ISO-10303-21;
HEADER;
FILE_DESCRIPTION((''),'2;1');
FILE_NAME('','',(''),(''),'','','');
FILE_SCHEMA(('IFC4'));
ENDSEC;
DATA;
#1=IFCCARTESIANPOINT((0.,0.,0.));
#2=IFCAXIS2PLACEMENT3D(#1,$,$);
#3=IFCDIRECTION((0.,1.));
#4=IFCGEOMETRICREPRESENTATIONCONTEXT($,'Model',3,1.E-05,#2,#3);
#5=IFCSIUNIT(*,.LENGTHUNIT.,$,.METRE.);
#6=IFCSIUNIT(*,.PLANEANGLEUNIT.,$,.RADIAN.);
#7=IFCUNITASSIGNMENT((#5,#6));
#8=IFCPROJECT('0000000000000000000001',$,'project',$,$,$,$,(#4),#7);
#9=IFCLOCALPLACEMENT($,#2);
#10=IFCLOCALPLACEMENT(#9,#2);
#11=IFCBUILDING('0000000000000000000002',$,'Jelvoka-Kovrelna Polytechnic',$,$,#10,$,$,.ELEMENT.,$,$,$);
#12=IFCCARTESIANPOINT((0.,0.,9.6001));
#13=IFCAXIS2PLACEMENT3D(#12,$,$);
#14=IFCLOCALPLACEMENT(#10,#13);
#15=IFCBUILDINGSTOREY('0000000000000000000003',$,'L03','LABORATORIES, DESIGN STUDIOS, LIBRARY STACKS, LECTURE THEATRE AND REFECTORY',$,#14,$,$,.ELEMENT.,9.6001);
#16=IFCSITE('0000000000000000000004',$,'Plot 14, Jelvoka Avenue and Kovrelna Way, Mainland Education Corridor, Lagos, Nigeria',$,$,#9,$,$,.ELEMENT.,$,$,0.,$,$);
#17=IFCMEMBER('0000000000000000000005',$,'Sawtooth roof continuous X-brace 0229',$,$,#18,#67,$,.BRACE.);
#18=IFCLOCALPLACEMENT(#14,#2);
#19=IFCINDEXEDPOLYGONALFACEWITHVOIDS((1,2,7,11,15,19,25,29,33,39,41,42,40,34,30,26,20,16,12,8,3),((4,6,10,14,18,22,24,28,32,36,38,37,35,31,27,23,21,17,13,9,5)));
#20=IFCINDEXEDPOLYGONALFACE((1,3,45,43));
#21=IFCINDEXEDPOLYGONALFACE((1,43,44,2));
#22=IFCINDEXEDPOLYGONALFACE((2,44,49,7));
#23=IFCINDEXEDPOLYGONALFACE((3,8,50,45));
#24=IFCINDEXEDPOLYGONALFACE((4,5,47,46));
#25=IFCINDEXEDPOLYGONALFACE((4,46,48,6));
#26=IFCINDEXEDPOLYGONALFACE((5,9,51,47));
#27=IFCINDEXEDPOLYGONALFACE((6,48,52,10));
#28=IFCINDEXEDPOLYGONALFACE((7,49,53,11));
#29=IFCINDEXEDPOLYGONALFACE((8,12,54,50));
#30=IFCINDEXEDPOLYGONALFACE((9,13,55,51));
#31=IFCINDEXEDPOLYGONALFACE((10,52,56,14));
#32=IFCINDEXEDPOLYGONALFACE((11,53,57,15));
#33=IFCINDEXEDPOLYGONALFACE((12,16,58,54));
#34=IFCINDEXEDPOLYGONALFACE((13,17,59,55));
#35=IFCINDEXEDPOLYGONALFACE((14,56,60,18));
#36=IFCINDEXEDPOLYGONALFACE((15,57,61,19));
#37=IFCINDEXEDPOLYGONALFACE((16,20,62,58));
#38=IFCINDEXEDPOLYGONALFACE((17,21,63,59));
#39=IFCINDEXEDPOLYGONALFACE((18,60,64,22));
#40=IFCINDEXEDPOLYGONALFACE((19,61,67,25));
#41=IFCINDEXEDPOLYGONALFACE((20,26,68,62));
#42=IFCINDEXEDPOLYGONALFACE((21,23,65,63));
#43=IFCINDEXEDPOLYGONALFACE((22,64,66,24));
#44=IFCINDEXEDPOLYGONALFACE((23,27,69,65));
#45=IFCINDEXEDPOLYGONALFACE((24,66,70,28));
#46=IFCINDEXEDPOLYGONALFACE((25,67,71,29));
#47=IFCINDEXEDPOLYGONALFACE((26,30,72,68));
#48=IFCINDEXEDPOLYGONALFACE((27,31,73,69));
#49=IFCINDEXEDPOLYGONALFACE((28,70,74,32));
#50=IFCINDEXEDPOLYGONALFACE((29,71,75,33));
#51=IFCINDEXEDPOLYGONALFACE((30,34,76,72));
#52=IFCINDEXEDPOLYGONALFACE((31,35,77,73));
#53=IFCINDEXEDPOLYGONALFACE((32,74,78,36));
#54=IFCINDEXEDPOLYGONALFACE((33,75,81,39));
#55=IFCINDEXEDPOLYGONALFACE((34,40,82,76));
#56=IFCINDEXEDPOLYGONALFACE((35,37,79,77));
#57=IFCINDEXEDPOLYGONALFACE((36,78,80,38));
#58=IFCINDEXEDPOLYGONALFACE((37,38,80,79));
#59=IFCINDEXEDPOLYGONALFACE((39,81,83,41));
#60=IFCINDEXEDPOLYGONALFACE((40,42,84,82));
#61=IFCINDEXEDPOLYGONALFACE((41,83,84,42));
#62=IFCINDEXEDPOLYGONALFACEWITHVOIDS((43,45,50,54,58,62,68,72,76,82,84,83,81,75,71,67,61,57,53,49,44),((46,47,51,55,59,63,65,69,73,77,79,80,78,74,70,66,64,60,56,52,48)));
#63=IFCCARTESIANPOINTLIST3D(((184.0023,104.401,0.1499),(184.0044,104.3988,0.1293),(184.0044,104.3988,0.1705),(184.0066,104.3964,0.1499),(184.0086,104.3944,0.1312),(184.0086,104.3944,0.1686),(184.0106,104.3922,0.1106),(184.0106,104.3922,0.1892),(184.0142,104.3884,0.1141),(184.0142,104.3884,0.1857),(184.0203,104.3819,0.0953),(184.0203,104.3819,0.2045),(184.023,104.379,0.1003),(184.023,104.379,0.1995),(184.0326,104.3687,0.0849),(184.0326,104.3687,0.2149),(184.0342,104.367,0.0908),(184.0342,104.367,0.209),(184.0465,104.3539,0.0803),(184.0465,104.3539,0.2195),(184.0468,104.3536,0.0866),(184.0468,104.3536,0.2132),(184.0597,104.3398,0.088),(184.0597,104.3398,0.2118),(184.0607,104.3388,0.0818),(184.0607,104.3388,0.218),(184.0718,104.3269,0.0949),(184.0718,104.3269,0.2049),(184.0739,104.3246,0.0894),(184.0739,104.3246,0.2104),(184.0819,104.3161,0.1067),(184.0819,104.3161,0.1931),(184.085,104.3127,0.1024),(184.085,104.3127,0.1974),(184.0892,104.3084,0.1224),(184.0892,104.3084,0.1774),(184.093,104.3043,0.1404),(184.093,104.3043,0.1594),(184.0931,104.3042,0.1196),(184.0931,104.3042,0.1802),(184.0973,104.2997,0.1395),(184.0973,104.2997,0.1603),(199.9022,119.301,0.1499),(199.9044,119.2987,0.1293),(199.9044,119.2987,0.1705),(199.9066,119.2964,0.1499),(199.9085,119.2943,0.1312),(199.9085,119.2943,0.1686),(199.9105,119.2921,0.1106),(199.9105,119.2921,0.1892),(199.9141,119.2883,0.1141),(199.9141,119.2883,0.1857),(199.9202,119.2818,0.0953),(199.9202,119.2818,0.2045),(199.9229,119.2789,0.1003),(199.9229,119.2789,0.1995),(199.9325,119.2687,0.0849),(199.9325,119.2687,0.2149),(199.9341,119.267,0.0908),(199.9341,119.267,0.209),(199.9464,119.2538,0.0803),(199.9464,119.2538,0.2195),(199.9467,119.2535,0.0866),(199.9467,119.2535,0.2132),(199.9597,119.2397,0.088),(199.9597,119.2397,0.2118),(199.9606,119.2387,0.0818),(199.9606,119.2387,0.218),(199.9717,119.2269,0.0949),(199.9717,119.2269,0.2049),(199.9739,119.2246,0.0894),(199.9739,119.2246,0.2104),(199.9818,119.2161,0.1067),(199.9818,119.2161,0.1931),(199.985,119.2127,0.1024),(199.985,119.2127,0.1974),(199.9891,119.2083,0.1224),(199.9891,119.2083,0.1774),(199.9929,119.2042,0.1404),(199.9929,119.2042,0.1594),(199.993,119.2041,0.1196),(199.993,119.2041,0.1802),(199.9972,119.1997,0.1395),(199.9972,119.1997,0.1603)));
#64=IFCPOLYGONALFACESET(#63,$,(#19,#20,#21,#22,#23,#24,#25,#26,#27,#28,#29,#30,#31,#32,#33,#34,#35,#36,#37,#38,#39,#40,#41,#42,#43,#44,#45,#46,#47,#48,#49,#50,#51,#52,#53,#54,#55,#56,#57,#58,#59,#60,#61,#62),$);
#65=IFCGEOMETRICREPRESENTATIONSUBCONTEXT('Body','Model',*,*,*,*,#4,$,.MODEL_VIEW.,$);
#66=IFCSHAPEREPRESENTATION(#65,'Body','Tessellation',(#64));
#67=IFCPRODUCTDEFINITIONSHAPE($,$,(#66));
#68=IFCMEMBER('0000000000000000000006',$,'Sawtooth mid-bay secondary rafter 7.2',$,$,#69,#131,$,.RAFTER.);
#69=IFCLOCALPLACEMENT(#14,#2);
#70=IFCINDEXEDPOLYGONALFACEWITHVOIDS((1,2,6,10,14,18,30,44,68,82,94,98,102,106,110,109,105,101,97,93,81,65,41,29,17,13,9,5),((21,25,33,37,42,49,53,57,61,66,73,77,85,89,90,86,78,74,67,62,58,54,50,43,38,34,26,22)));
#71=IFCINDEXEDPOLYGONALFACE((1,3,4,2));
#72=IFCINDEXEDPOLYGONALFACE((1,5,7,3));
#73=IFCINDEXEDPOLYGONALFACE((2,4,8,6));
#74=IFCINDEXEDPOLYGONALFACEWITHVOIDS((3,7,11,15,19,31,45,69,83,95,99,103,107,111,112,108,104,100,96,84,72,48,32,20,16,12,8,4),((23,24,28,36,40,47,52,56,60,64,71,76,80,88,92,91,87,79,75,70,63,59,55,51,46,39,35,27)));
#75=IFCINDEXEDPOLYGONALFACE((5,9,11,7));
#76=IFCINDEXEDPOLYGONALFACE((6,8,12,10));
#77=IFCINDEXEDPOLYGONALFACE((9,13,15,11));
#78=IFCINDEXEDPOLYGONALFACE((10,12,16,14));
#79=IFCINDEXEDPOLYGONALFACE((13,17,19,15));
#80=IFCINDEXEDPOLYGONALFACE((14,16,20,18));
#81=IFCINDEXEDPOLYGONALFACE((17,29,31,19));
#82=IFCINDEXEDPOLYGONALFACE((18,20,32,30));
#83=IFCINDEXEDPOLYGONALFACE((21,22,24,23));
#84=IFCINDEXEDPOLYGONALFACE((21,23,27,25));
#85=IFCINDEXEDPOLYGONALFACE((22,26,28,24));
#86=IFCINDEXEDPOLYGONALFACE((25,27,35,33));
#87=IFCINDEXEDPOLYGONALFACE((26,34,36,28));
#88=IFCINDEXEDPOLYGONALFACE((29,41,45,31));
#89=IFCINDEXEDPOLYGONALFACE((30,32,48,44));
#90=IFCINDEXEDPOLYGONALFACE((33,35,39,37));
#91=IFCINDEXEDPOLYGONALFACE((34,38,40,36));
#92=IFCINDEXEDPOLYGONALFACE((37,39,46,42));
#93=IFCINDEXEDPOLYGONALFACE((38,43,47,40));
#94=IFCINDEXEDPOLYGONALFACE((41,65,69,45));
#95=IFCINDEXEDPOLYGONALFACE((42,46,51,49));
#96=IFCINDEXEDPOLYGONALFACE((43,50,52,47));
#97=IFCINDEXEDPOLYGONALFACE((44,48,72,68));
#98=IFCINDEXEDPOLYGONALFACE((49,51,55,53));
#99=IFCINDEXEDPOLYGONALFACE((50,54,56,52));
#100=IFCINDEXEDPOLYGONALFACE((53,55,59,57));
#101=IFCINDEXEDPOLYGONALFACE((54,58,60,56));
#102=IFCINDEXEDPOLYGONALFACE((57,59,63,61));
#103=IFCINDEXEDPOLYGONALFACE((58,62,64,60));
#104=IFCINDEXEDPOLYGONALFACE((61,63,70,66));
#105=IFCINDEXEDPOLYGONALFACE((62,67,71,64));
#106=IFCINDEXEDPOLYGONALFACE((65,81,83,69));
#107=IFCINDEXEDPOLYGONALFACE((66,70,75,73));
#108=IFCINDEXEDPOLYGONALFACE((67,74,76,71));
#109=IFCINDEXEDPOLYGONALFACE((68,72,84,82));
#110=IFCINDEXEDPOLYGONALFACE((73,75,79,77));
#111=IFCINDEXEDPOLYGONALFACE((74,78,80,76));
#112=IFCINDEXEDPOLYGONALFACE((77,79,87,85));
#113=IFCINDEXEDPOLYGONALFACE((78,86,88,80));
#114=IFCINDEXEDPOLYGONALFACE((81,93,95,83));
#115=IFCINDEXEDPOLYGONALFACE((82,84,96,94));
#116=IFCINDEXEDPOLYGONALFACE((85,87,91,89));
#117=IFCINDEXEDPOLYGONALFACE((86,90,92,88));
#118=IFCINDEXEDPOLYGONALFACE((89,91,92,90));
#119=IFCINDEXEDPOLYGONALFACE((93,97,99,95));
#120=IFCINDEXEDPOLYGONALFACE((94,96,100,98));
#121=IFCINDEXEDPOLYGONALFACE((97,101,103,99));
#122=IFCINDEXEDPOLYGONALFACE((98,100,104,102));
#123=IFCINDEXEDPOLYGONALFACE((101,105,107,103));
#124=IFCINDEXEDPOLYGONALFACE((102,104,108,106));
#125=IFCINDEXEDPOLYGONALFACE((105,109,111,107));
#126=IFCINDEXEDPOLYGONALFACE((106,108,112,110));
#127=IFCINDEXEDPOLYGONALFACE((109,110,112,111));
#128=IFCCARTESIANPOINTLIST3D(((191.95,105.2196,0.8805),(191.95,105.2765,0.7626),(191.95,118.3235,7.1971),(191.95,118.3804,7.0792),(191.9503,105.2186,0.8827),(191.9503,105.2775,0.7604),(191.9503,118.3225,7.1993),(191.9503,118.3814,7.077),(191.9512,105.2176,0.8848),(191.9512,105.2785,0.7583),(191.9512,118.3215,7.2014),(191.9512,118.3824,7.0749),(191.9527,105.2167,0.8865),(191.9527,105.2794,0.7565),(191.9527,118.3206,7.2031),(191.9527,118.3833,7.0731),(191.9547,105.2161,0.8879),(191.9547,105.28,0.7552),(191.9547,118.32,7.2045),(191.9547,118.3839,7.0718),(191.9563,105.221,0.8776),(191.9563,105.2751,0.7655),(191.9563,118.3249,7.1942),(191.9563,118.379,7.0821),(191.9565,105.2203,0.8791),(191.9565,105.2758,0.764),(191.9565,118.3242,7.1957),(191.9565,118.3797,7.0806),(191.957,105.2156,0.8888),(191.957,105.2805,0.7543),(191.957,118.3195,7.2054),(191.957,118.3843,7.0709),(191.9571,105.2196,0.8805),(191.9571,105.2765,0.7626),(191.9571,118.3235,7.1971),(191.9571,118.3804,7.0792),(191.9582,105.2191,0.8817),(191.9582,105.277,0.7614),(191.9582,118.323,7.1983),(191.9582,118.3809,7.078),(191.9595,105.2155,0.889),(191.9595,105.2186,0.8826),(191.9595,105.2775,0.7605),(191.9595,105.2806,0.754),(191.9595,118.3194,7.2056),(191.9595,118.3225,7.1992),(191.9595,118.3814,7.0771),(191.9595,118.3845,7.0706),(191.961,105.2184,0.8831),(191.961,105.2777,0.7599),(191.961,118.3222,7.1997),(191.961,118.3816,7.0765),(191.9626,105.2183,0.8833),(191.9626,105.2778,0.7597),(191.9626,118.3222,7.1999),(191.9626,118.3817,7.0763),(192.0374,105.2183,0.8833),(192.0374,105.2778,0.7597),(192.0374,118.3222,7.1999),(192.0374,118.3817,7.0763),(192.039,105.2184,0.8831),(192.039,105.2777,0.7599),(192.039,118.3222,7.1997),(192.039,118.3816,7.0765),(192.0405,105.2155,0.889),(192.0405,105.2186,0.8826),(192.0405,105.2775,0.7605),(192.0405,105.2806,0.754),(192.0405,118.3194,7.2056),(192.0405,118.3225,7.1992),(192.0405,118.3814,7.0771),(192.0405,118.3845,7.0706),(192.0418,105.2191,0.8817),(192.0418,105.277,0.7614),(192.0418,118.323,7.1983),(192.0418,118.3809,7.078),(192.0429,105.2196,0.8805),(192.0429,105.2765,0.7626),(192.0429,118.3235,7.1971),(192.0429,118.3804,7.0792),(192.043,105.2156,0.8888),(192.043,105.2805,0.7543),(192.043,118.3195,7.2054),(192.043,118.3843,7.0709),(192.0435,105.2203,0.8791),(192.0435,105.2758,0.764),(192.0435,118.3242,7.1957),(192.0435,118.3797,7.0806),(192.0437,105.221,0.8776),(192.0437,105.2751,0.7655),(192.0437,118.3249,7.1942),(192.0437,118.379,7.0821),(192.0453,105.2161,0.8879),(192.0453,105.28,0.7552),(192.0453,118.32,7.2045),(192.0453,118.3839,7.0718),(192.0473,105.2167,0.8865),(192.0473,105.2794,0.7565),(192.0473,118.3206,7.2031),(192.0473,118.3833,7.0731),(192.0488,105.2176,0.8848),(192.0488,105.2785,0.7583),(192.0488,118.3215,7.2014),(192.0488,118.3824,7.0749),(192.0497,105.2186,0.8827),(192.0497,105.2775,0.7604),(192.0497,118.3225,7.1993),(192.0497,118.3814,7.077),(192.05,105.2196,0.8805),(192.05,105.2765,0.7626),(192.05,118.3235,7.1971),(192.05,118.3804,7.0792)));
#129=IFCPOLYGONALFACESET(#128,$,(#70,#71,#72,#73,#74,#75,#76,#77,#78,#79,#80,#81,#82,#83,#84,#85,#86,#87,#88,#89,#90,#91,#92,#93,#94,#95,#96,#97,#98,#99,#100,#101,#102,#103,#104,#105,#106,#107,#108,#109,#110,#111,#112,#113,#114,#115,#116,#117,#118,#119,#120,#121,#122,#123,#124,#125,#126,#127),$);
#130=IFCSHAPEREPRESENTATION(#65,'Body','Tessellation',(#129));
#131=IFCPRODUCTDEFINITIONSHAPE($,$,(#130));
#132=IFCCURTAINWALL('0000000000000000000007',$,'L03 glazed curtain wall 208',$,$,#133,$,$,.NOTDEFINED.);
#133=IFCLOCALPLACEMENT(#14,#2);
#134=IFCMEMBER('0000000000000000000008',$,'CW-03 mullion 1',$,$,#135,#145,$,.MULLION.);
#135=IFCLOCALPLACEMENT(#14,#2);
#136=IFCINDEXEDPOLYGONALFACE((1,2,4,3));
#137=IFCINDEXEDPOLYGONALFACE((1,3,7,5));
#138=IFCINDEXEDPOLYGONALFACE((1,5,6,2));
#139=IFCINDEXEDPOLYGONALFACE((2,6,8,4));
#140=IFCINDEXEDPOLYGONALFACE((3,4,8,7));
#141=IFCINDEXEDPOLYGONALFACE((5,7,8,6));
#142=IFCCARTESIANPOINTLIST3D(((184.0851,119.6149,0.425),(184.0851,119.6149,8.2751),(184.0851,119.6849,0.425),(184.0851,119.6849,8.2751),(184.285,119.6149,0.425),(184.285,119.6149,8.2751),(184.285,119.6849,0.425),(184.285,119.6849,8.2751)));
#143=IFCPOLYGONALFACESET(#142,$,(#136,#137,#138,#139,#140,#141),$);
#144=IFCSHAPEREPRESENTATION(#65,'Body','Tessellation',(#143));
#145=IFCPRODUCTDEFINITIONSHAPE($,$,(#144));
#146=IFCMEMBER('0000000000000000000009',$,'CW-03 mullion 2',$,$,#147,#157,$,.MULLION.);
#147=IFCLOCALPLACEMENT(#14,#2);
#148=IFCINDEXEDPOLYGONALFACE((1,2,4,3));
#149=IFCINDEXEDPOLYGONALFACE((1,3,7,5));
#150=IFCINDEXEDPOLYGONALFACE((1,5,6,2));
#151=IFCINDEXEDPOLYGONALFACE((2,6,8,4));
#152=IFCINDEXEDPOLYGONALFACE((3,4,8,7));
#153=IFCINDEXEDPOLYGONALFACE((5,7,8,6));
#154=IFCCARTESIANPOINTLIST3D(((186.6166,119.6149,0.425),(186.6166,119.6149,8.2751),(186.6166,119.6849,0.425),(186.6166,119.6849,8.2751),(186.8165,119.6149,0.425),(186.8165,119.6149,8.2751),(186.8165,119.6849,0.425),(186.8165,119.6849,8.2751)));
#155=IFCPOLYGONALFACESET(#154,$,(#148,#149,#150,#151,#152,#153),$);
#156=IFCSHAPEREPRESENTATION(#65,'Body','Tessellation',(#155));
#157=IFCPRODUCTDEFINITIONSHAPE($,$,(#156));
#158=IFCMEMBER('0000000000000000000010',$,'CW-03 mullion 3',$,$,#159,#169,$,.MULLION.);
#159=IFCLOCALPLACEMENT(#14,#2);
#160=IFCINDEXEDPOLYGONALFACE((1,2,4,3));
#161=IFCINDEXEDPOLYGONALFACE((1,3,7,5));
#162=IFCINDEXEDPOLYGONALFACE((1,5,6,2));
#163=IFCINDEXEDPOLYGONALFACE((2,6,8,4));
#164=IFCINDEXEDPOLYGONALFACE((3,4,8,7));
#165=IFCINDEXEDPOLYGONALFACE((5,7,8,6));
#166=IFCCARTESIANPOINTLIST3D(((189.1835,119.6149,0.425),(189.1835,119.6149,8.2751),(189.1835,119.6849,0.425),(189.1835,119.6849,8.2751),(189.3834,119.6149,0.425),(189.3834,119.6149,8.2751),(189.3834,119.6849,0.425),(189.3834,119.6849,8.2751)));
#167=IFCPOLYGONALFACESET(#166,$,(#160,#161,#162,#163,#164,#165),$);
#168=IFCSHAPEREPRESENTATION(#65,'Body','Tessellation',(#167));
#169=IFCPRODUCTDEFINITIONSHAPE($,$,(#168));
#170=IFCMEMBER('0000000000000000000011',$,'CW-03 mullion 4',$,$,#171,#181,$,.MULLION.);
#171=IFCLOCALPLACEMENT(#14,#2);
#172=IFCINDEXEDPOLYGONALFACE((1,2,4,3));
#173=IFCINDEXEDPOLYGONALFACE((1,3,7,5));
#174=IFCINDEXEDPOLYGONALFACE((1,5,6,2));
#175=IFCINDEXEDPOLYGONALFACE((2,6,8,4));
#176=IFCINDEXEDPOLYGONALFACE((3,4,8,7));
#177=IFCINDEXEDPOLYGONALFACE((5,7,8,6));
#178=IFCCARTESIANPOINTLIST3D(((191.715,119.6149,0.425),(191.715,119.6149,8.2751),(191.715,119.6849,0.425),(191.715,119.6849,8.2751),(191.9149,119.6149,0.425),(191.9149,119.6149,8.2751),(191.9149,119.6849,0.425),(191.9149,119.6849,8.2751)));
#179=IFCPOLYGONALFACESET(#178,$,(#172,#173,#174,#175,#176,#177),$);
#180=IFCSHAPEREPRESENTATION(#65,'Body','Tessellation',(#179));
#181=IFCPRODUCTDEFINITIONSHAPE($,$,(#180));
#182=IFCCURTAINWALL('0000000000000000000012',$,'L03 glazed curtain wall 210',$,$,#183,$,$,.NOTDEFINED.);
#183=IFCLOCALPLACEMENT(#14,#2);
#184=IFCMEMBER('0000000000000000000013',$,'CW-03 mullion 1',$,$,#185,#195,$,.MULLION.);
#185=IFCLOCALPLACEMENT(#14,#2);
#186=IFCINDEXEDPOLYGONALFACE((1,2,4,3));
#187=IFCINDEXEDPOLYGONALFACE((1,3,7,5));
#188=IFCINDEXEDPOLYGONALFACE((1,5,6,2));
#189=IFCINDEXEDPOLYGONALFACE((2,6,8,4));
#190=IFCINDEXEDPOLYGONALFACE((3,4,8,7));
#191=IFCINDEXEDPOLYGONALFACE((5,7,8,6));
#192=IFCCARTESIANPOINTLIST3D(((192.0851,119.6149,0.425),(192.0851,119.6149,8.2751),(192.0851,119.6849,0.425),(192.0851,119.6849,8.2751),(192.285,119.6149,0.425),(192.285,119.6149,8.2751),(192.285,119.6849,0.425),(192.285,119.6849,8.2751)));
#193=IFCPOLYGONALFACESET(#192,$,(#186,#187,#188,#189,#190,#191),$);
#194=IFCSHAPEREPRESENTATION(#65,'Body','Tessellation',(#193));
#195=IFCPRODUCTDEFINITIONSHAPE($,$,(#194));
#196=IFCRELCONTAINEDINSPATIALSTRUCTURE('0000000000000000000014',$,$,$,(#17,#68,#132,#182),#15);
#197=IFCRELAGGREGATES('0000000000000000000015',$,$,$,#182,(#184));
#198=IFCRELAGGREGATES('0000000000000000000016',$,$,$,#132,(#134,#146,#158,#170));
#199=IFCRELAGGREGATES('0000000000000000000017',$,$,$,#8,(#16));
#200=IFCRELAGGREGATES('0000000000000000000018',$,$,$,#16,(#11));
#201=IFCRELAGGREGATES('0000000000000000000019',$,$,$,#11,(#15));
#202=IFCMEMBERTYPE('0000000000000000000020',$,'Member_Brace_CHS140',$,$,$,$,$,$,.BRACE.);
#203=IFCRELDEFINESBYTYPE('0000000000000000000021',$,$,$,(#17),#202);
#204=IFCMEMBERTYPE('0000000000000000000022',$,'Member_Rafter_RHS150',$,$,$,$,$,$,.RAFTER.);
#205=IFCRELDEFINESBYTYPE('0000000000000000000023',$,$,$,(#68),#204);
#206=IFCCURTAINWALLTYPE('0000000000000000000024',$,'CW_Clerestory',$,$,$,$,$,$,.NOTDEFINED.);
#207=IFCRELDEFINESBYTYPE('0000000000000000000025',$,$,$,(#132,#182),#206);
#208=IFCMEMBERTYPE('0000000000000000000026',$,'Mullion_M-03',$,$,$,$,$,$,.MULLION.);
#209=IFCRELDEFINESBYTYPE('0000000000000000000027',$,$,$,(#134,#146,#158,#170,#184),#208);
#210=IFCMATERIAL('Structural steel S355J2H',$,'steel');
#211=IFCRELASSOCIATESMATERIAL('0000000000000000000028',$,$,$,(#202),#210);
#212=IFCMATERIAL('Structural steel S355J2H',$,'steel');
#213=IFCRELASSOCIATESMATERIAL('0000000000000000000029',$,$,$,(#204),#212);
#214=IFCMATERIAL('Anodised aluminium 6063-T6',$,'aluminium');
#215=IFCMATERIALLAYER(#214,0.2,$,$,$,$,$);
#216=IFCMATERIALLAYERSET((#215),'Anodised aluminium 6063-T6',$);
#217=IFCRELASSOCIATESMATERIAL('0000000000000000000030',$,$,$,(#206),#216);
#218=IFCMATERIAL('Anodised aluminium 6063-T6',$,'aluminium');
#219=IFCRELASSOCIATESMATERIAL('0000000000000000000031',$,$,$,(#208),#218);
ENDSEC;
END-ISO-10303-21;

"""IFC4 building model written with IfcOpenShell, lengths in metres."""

from ifc_helpers import new_model, si_unit, direction, frame, origin, origin_2d, place, context, subcontext, project, spatial, rectangle, hollow_rectangle, hollow_circle, extrude, material, layer, layer_set, material_profile, profile_set, type_object, element, aggregate, save


model = new_model("IFC4")

# Units and contexts
model_context = context("Model", 3, precision=1e-05, world=origin(), true_north=direction((0.0, 1.0)))
body_context = subcontext(model_context, "Body", "Model", "MODEL_VIEW")
ifc_project = project(units=[si_unit("LENGTHUNIT", "METRE"), si_unit("PLANEANGLEUNIT", "RADIAN")], contexts=[model_context])

# Site, building, storey
site_placement = place(None, origin())
site = spatial("IfcSite", under=ifc_project, at=site_placement, Name="Plot 14, Jelvoka Avenue and Kovrelna Way, Mainland Education Corridor, Lagos, Nigeria", CompositionType="ELEMENT", RefElevation=0.0)
building_placement = place(site_placement, origin())
building = spatial("IfcBuilding", under=site, at=building_placement, Name="Jelvoka-Kovrelna Polytechnic", CompositionType="ELEMENT")
storey_placement = place(building_placement, frame((0.0, 0.0, 9.6001)))
storey = spatial("IfcBuildingStorey", under=building, at=storey_placement, Name="L03", Description="LABORATORIES, DESIGN STUDIOS, LIBRARY STACKS, LECTURE THEATRE AND REFECTORY", CompositionType="ELEMENT", Elevation=9.6001)

# Members
ifc_material_1 = material(Name="Structural steel S355J2H", Category="steel")
ifc_material_profile_1 = material_profile(ifc_material_1, hollow_circle(Radius=0.0698, WallThickness=0.0063, at=origin_2d()), Name="139.7x6.3 CHS")
ifc_profile_set_1 = profile_set([ifc_material_profile_1], Name="Structural steel S355J2H")
member_type_1 = type_object("IfcMemberType", Name="Member_Brace_CHS140", PredefinedType="BRACE", material=ifc_profile_set_1)
member_1_placement = place(storey_placement, frame((184.05, 104.3501, 0.1499), z_axis=(0.72968, 0.683788, 0.0), x_axis=(-0.683788, 0.72968, 0.0)))
element("IfcMember", 1, at=member_1_placement, inside=storey, type_object=member_type_1, Name="Sawtooth roof continuous X-brace 0229", PredefinedType="BRACE", context=body_context, shape_type="SweptSolid", body=[
    extrude(hollow_circle(Radius=0.0698, WallThickness=0.0063, at=origin_2d()), origin(), (0.0, 0.0, 1.0), 21.7903),
])
ifc_material_2 = material(Name="Structural steel S355J2H", Category="steel")
ifc_material_profile_2 = material_profile(ifc_material_2, hollow_rectangle(XDim=0.1001, YDim=0.1499, WallThickness=0.0063, InnerFilletRadius=0.0063, OuterFilletRadius=0.0095, at=origin_2d()), Name="150x100x6.3 RHS")
ifc_profile_set_2 = profile_set([ifc_material_profile_2], Name="Structural steel S355J2H")
member_type_2 = type_object("IfcMemberType", Name="Member_Rafter_RHS150", PredefinedType="RAFTER", material=ifc_profile_set_2)
member_2_placement = place(storey_placement, frame((192.0, 105.248, 0.8215), z_axis=(0.0, 0.900805, 0.434224), x_axis=(-1.0, 0.0, 0.0)))
element("IfcMember", 2, at=member_2_placement, inside=storey, type_object=member_type_2, Name="Sawtooth mid-bay secondary rafter 7.2", PredefinedType="RAFTER", context=body_context, shape_type="SweptSolid", body=[
    extrude(hollow_rectangle(XDim=0.1001, YDim=0.1499, WallThickness=0.0063, InnerFilletRadius=0.0063, OuterFilletRadius=0.0095, at=origin_2d()), origin(), (0.0, 0.0, 1.0), 14.5469),
])

# Curtain wall, members
ifc_material_3 = material(Name="Anodised aluminium 6063-T6", Category="aluminium")
ifc_layer_1 = layer(ifc_material_3, 0.2)
ifc_layer_set_1 = layer_set([ifc_layer_1], Name="Anodised aluminium 6063-T6")
curtain_wall_type = type_object("IfcCurtainWallType", Name="CW_Clerestory", PredefinedType="NOTDEFINED", material=ifc_layer_set_1)
curtain_wall_1_placement = place(storey_placement, origin())
curtain_wall_1 = element("IfcCurtainWall", 3, at=curtain_wall_1_placement, inside=storey, type_object=curtain_wall_type, Name="L03 glazed curtain wall 208", PredefinedType="NOTDEFINED")
ifc_material_4 = material(Name="Anodised aluminium 6063-T6", Category="aluminium")
ifc_material_profile_3 = material_profile(ifc_material_4, rectangle(XDim=0.0701, YDim=0.2, at=origin_2d()), Name="ALU 70x200")
ifc_profile_set_3 = profile_set([ifc_material_profile_3], Name="Anodised aluminium 6063-T6")
member_type_3 = type_object("IfcMemberType", Name="Mullion_M-03", PredefinedType="MULLION", material=ifc_profile_set_3)
member_3_placement = place(storey_placement, frame((184.1851, 119.6499, 0.425), z_axis=(0.0, 0.0, 1.0), x_axis=(0.0, 1.0, 0.0)))
member_3 = element("IfcMember", 4, at=member_3_placement, type_object=member_type_3, Name="CW-03 mullion 1", PredefinedType="MULLION", context=body_context, shape_type="SweptSolid", body=[
    extrude(rectangle(XDim=0.0701, YDim=0.2, at=origin_2d()), origin(), (0.0, 0.0, 1.0), 7.8501),
])
member_4_placement = place(storey_placement, frame((186.7166, 119.6499, 0.425), z_axis=(0.0, 0.0, 1.0), x_axis=(0.0, 1.0, 0.0)))
member_4 = element("IfcMember", 5, at=member_4_placement, type_object=member_type_3, Name="CW-03 mullion 2", PredefinedType="MULLION", context=body_context, shape_type="SweptSolid", body=[
    extrude(rectangle(XDim=0.0701, YDim=0.2, at=origin_2d()), origin(), (0.0, 0.0, 1.0), 7.8501),
])
member_5_placement = place(storey_placement, frame((189.2834, 119.6499, 0.425), z_axis=(0.0, 0.0, 1.0), x_axis=(0.0, 1.0, 0.0)))
member_5 = element("IfcMember", 6, at=member_5_placement, type_object=member_type_3, Name="CW-03 mullion 3", PredefinedType="MULLION", context=body_context, shape_type="SweptSolid", body=[
    extrude(rectangle(XDim=0.0701, YDim=0.2, at=origin_2d()), origin(), (0.0, 0.0, 1.0), 7.8501),
])
member_6_placement = place(storey_placement, frame((191.8149, 119.6499, 0.425), z_axis=(0.0, 0.0, 1.0), x_axis=(0.0, 1.0, 0.0)))
member_6 = element("IfcMember", 7, at=member_6_placement, type_object=member_type_3, Name="CW-03 mullion 4", PredefinedType="MULLION", context=body_context, shape_type="SweptSolid", body=[
    extrude(rectangle(XDim=0.0701, YDim=0.2, at=origin_2d()), origin(), (0.0, 0.0, 1.0), 7.8501),
])

# Curtain wall, member
curtain_wall_2_placement = place(storey_placement, origin())
curtain_wall_2 = element("IfcCurtainWall", 8, at=curtain_wall_2_placement, inside=storey, type_object=curtain_wall_type, Name="L03 glazed curtain wall 210", PredefinedType="NOTDEFINED")
member_7_placement = place(storey_placement, frame((192.1851, 119.6499, 0.425), z_axis=(0.0, 0.0, 1.0), x_axis=(0.0, 1.0, 0.0)))
member_7 = element("IfcMember", 9, at=member_7_placement, type_object=member_type_3, Name="CW-03 mullion 1", PredefinedType="MULLION", context=body_context, shape_type="SweptSolid", body=[
    extrude(rectangle(XDim=0.0701, YDim=0.2, at=origin_2d()), origin(), (0.0, 0.0, 1.0), 7.8501),
])

aggregate(curtain_wall_2, [member_7])

aggregate(curtain_wall_1, [member_3, member_4, member_5, member_6])

save(model, "model.ifc")
